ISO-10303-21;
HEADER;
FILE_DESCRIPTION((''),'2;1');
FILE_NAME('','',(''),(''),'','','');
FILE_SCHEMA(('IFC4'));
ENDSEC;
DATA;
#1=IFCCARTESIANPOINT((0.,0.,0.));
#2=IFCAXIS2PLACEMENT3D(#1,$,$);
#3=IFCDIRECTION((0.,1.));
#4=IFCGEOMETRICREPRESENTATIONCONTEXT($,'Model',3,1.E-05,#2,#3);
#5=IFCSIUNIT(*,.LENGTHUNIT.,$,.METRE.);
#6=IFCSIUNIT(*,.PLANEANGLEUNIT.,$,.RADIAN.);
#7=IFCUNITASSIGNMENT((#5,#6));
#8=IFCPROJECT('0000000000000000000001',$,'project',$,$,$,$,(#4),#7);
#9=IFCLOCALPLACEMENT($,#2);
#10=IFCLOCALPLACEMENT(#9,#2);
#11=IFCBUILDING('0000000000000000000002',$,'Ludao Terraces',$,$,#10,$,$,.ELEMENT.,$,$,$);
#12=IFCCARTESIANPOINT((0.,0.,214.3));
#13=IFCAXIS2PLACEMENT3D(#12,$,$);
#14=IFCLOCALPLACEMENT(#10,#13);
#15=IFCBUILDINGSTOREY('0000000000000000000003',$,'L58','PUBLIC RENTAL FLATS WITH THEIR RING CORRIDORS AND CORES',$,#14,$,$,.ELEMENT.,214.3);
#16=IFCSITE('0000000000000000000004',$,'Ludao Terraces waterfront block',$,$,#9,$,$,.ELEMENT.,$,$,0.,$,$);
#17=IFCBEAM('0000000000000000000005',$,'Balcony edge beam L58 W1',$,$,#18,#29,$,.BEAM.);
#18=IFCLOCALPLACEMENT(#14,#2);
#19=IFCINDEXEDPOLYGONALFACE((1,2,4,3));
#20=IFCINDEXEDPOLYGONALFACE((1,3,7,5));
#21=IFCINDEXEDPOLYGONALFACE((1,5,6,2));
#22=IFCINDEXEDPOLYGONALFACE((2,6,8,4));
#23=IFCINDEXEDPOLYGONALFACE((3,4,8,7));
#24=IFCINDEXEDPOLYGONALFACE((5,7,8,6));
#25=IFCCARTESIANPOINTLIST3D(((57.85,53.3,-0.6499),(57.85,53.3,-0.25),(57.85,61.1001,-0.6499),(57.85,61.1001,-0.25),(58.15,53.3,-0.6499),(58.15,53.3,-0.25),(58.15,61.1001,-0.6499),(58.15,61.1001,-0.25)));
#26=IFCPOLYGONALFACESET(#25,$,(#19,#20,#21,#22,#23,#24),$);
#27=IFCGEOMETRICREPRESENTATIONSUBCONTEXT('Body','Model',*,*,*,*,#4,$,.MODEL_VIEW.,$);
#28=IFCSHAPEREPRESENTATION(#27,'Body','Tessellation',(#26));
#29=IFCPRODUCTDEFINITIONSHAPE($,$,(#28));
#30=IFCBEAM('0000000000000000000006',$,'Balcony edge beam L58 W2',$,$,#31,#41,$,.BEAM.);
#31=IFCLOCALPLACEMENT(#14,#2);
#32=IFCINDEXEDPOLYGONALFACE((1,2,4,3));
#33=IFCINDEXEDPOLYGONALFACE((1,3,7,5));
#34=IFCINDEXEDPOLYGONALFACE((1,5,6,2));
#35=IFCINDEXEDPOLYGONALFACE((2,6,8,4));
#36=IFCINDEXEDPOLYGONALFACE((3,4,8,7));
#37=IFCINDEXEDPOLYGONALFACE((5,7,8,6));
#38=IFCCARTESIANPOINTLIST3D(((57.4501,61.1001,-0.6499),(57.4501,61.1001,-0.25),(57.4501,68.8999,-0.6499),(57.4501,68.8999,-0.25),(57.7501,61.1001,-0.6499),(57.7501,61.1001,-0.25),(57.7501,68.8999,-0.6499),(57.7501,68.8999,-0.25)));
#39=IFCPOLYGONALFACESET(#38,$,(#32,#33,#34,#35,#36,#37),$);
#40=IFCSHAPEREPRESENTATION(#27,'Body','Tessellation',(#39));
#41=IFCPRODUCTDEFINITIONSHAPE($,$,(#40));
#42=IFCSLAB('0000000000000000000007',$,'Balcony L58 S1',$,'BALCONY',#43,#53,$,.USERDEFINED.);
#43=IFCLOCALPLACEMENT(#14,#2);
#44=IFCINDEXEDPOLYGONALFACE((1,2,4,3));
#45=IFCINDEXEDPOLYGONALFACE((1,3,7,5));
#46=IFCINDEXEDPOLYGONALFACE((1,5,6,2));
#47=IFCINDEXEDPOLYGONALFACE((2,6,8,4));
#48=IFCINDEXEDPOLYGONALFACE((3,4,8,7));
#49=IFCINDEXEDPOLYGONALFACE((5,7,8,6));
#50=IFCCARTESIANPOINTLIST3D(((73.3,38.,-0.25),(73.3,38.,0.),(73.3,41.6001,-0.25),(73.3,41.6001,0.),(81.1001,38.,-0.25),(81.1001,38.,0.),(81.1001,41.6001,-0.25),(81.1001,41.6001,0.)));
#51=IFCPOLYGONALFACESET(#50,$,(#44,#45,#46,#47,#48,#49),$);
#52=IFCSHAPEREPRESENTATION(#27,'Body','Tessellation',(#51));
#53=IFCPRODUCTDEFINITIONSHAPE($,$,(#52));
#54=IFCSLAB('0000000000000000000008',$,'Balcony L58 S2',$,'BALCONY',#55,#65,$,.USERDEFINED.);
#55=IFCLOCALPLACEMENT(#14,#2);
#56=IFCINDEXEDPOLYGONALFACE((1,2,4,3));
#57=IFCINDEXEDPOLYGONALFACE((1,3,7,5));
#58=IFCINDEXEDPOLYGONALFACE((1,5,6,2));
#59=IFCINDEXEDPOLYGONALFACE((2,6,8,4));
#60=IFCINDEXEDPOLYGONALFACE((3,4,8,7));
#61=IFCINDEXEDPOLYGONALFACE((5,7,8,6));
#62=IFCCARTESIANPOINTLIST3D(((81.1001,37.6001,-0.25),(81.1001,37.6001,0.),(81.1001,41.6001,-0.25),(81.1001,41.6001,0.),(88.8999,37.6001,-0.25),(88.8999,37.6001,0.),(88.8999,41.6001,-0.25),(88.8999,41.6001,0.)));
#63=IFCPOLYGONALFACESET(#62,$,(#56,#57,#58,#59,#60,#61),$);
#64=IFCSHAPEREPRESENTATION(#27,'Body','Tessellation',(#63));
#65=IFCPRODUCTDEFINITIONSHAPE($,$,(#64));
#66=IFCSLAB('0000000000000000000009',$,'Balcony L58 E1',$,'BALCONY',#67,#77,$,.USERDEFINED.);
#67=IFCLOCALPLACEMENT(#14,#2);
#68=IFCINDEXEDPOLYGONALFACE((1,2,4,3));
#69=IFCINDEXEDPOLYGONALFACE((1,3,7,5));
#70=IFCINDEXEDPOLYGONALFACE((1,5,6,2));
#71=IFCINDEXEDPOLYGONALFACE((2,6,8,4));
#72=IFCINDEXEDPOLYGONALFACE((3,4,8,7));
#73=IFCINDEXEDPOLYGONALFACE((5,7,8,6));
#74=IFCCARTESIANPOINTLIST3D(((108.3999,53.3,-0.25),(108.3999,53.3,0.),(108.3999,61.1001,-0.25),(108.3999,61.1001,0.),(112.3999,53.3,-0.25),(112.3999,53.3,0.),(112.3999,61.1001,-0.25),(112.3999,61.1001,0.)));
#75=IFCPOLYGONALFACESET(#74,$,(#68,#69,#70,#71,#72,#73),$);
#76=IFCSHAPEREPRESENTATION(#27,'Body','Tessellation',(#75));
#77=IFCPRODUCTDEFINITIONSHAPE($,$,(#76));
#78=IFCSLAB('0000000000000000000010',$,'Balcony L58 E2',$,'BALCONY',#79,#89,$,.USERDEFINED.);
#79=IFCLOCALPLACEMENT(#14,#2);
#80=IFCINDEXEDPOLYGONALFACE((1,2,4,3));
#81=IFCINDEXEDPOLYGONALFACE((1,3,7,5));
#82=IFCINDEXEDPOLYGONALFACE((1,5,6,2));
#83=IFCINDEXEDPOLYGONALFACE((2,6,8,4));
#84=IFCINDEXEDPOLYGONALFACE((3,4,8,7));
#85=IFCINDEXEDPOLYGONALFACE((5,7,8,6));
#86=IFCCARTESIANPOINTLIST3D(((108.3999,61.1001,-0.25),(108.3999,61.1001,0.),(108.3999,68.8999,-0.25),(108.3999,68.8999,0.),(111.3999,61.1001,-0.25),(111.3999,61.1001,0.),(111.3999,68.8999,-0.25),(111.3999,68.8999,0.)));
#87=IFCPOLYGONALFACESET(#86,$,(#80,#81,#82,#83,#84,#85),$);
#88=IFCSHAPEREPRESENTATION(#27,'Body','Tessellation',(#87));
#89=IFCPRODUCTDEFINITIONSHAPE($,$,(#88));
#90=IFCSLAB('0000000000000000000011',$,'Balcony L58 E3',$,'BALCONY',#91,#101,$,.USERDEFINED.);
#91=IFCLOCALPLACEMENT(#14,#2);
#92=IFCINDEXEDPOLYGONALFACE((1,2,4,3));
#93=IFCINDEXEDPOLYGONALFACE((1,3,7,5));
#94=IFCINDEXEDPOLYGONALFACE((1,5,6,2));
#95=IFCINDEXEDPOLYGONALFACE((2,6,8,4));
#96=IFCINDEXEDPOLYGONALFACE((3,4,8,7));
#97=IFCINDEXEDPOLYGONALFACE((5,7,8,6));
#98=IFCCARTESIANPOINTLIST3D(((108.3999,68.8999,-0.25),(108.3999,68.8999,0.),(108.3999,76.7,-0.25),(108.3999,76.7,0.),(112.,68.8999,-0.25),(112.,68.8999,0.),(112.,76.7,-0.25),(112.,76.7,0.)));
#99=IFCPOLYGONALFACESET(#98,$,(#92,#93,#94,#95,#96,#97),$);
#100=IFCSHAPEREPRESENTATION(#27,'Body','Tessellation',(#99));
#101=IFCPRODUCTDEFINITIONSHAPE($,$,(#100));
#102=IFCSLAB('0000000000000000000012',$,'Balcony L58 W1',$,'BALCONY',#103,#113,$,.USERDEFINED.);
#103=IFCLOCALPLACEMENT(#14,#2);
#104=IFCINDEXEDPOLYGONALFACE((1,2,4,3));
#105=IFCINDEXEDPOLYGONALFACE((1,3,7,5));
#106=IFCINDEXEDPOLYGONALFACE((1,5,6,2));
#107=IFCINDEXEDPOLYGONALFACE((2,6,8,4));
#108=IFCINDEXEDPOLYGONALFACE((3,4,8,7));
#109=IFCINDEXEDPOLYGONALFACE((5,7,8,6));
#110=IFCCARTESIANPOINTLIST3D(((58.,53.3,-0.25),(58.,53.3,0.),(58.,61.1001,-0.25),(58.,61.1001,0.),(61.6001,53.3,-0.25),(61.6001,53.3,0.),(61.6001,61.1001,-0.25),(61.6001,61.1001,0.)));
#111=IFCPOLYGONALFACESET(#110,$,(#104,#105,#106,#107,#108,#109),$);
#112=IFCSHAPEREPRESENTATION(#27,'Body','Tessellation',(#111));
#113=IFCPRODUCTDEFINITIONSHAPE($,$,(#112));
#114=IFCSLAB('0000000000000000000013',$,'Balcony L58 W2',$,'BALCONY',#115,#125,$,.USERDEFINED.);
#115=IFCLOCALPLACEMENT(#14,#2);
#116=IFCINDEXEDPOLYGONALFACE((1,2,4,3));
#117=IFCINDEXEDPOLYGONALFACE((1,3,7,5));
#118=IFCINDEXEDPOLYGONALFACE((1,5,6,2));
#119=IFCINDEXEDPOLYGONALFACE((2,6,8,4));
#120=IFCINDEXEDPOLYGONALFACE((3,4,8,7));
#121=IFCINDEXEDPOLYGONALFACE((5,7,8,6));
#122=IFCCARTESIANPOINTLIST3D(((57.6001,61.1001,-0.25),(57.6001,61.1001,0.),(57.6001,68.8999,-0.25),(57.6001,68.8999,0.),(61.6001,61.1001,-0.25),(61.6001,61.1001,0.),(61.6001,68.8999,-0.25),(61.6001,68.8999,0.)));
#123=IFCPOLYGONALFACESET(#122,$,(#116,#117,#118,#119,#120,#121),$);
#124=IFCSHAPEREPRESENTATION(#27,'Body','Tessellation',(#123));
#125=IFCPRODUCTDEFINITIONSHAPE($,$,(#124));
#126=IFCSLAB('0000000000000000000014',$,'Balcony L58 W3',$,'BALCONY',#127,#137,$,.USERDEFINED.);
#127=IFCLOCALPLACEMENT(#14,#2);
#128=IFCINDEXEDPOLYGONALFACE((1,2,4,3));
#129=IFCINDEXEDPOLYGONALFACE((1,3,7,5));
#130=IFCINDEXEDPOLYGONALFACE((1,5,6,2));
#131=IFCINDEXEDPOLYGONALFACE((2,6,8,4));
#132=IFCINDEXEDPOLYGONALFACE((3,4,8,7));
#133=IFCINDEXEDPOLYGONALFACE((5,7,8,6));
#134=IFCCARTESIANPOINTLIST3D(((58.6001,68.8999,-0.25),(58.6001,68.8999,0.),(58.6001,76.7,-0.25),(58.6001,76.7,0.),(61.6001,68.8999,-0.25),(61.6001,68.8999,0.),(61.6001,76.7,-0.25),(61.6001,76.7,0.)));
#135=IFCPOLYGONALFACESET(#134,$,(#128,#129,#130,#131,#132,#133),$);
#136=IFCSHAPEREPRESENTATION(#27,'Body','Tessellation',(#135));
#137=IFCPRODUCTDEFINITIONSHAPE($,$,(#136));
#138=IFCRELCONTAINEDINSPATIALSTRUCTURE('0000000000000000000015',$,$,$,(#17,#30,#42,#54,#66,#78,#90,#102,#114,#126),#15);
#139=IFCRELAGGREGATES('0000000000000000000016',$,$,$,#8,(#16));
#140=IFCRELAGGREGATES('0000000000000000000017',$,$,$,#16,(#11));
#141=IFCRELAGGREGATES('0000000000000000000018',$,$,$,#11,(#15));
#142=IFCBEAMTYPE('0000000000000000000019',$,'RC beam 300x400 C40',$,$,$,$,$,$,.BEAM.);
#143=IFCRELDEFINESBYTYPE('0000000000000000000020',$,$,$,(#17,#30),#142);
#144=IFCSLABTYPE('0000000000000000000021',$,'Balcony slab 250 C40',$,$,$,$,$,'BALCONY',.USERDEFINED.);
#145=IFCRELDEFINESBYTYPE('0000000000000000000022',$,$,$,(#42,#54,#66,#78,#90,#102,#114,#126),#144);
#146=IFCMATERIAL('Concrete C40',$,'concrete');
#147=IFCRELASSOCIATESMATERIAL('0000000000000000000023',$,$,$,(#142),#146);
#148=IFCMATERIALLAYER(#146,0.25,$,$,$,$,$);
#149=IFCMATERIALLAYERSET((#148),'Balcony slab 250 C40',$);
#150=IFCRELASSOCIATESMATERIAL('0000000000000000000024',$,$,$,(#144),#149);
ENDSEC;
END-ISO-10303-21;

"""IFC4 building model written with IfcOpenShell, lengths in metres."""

from ifc_helpers import new_model, si_unit, direction, frame, origin, origin_2d, place, context, subcontext, project, spatial, polyline, rectangle, outline, extrude, material, layer, layer_set, material_profile, profile_set, type_object, element, save


model = new_model("IFC4")

# Units and contexts
model_context = context("Model", 3, precision=1e-05, world=origin(), true_north=direction((0.0, 1.0)))
body_context = subcontext(model_context, "Body", "Model", "MODEL_VIEW")
ifc_project = project(units=[si_unit("LENGTHUNIT", "METRE"), si_unit("PLANEANGLEUNIT", "RADIAN")], contexts=[model_context])

# Site, building, storey
site_placement = place(None, origin())
site = spatial("IfcSite", under=ifc_project, at=site_placement, Name="Ludao Terraces waterfront block", CompositionType="ELEMENT", RefElevation=0.0)
building_placement = place(site_placement, origin())
building = spatial("IfcBuilding", under=site, at=building_placement, Name="Ludao Terraces", CompositionType="ELEMENT")
storey_placement = place(building_placement, frame((0.0, 0.0, 214.3)))
storey = spatial("IfcBuildingStorey", under=building, at=storey_placement, Name="L58", Description="PUBLIC RENTAL FLATS WITH THEIR RING CORRIDORS AND CORES", CompositionType="ELEMENT", Elevation=214.3)

# Beams
ifc_material_1 = material(Name="Concrete C40", Category="concrete")
ifc_material_profile = material_profile(ifc_material_1, rectangle(XDim=0.3, YDim=0.3999, at=origin_2d()), Name="300 X 400")
ifc_profile_set = profile_set([ifc_material_profile], Name="Concrete C40")
beam_type = type_object("IfcBeamType", Name="RC beam 300x400 C40", PredefinedType="BEAM", material=ifc_profile_set)
beam_1_placement = place(storey_placement, frame((58.0, 53.3, -0.45), z_axis=(0.0, 1.0, 0.0), x_axis=(-1.0, 0.0, 0.0)))
element("IfcBeam", 1, at=beam_1_placement, inside=storey, type_object=beam_type, Name="Balcony edge beam L58 W1", PredefinedType="BEAM", context=body_context, shape_type="SweptSolid", body=[
    extrude(rectangle(XDim=0.3, YDim=0.3999, at=origin_2d()), origin(), (0.0, 0.0, 1.0), 7.8),
])
beam_2_placement = place(storey_placement, frame((57.6001, 61.1001, -0.45), z_axis=(0.0, 1.0, 0.0), x_axis=(-1.0, 0.0, 0.0)))
element("IfcBeam", 2, at=beam_2_placement, inside=storey, type_object=beam_type, Name="Balcony edge beam L58 W2", PredefinedType="BEAM", context=body_context, shape_type="SweptSolid", body=[
    extrude(rectangle(XDim=0.3, YDim=0.3999, at=origin_2d()), origin(), (0.0, 0.0, 1.0), 7.7998),
])

# Slabs
ifc_layer_1 = layer(ifc_material_1, 0.25)
ifc_layer_set_1 = layer_set([ifc_layer_1], Name="Balcony slab 250 C40")
slab_type_1 = type_object("IfcSlabType", Name="Balcony slab 250 C40", ElementType="BALCONY", PredefinedType="USERDEFINED", material=ifc_layer_set_1)
slab_1_placement = place(storey_placement, frame((0.0, 0.0, -0.25)))
element("IfcSlab", 3, at=slab_1_placement, inside=storey, type_object=slab_type_1, Name="Balcony L58 S1", ObjectType="BALCONY", PredefinedType="USERDEFINED", context=body_context, shape_type="SweptSolid", body=[
    extrude(outline(polyline([(73.3, 38.0), (81.1001, 38.0), (81.1001, 41.6001), (73.3, 41.6001), (73.3, 38.0)])), origin(), (0.0, 0.0, 1.0), 0.25),
])
slab_2_placement = place(storey_placement, frame((0.0, 0.0, -0.25)))
element("IfcSlab", 4, at=slab_2_placement, inside=storey, type_object=slab_type_1, Name="Balcony L58 S2", ObjectType="BALCONY", PredefinedType="USERDEFINED", context=body_context, shape_type="SweptSolid", body=[
    extrude(outline(polyline([(81.1001, 37.6001), (88.8999, 37.6001), (88.8999, 41.6001), (81.1001, 41.6001), (81.1001, 37.6001)])), origin(), (0.0, 0.0, 1.0), 0.25),
])
slab_3_placement = place(storey_placement, frame((0.0, 0.0, -0.25)))
element("IfcSlab", 5, at=slab_3_placement, inside=storey, type_object=slab_type_1, Name="Balcony L58 E1", ObjectType="BALCONY", PredefinedType="USERDEFINED", context=body_context, shape_type="SweptSolid", body=[
    extrude(outline(polyline([(108.3999, 53.3), (112.3999, 53.3), (112.3999, 61.1001), (108.3999, 61.1001), (108.3999, 53.3)])), origin(), (0.0, 0.0, 1.0), 0.25),
])
slab_4_placement = place(storey_placement, frame((0.0, 0.0, -0.25)))
element("IfcSlab", 6, at=slab_4_placement, inside=storey, type_object=slab_type_1, Name="Balcony L58 E2", ObjectType="BALCONY", PredefinedType="USERDEFINED", context=body_context, shape_type="SweptSolid", body=[
    extrude(outline(polyline([(108.3999, 61.1001), (111.3999, 61.1001), (111.3999, 68.8999), (108.3999, 68.8999), (108.3999, 61.1001)])), origin(), (0.0, 0.0, 1.0), 0.25),
])
slab_5_placement = place(storey_placement, frame((0.0, 0.0, -0.25)))
element("IfcSlab", 7, at=slab_5_placement, inside=storey, type_object=slab_type_1, Name="Balcony L58 E3", ObjectType="BALCONY", PredefinedType="USERDEFINED", context=body_context, shape_type="SweptSolid", body=[
    extrude(outline(polyline([(108.3999, 68.8999), (112.0, 68.8999), (112.0, 76.7), (108.3999, 76.7), (108.3999, 68.8999)])), origin(), (0.0, 0.0, 1.0), 0.25),
])
slab_6_placement = place(storey_placement, frame((0.0, 0.0, -0.25)))
element("IfcSlab", 8, at=slab_6_placement, inside=storey, type_object=slab_type_1, Name="Balcony L58 W1", ObjectType="BALCONY", PredefinedType="USERDEFINED", context=body_context, shape_type="SweptSolid", body=[
    extrude(outline(polyline([(58.0, 53.3), (61.6001, 53.3), (61.6001, 61.1001), (58.0, 61.1001), (58.0, 53.3)])), origin(), (0.0, 0.0, 1.0), 0.25),
])
slab_7_placement = place(storey_placement, frame((0.0, 0.0, -0.25)))
element("IfcSlab", 9, at=slab_7_placement, inside=storey, type_object=slab_type_1, Name="Balcony L58 W2", ObjectType="BALCONY", PredefinedType="USERDEFINED", context=body_context, shape_type="SweptSolid", body=[
    extrude(outline(polyline([(57.6001, 61.1001), (61.6001, 61.1001), (61.6001, 68.8999), (57.6001, 68.8999), (57.6001, 61.1001)])), origin(), (0.0, 0.0, 1.0), 0.25),
])
slab_8_placement = place(storey_placement, frame((0.0, 0.0, -0.25)))
element("IfcSlab", 10, at=slab_8_placement, inside=storey, type_object=slab_type_1, Name="Balcony L58 W3", ObjectType="BALCONY", PredefinedType="USERDEFINED", context=body_context, shape_type="SweptSolid", body=[
    extrude(outline(polyline([(58.6001, 68.8999), (61.6001, 68.8999), (61.6001, 76.7), (58.6001, 76.7), (58.6001, 68.8999)])), origin(), (0.0, 0.0, 1.0), 0.25),
])

save(model, "model.ifc")
